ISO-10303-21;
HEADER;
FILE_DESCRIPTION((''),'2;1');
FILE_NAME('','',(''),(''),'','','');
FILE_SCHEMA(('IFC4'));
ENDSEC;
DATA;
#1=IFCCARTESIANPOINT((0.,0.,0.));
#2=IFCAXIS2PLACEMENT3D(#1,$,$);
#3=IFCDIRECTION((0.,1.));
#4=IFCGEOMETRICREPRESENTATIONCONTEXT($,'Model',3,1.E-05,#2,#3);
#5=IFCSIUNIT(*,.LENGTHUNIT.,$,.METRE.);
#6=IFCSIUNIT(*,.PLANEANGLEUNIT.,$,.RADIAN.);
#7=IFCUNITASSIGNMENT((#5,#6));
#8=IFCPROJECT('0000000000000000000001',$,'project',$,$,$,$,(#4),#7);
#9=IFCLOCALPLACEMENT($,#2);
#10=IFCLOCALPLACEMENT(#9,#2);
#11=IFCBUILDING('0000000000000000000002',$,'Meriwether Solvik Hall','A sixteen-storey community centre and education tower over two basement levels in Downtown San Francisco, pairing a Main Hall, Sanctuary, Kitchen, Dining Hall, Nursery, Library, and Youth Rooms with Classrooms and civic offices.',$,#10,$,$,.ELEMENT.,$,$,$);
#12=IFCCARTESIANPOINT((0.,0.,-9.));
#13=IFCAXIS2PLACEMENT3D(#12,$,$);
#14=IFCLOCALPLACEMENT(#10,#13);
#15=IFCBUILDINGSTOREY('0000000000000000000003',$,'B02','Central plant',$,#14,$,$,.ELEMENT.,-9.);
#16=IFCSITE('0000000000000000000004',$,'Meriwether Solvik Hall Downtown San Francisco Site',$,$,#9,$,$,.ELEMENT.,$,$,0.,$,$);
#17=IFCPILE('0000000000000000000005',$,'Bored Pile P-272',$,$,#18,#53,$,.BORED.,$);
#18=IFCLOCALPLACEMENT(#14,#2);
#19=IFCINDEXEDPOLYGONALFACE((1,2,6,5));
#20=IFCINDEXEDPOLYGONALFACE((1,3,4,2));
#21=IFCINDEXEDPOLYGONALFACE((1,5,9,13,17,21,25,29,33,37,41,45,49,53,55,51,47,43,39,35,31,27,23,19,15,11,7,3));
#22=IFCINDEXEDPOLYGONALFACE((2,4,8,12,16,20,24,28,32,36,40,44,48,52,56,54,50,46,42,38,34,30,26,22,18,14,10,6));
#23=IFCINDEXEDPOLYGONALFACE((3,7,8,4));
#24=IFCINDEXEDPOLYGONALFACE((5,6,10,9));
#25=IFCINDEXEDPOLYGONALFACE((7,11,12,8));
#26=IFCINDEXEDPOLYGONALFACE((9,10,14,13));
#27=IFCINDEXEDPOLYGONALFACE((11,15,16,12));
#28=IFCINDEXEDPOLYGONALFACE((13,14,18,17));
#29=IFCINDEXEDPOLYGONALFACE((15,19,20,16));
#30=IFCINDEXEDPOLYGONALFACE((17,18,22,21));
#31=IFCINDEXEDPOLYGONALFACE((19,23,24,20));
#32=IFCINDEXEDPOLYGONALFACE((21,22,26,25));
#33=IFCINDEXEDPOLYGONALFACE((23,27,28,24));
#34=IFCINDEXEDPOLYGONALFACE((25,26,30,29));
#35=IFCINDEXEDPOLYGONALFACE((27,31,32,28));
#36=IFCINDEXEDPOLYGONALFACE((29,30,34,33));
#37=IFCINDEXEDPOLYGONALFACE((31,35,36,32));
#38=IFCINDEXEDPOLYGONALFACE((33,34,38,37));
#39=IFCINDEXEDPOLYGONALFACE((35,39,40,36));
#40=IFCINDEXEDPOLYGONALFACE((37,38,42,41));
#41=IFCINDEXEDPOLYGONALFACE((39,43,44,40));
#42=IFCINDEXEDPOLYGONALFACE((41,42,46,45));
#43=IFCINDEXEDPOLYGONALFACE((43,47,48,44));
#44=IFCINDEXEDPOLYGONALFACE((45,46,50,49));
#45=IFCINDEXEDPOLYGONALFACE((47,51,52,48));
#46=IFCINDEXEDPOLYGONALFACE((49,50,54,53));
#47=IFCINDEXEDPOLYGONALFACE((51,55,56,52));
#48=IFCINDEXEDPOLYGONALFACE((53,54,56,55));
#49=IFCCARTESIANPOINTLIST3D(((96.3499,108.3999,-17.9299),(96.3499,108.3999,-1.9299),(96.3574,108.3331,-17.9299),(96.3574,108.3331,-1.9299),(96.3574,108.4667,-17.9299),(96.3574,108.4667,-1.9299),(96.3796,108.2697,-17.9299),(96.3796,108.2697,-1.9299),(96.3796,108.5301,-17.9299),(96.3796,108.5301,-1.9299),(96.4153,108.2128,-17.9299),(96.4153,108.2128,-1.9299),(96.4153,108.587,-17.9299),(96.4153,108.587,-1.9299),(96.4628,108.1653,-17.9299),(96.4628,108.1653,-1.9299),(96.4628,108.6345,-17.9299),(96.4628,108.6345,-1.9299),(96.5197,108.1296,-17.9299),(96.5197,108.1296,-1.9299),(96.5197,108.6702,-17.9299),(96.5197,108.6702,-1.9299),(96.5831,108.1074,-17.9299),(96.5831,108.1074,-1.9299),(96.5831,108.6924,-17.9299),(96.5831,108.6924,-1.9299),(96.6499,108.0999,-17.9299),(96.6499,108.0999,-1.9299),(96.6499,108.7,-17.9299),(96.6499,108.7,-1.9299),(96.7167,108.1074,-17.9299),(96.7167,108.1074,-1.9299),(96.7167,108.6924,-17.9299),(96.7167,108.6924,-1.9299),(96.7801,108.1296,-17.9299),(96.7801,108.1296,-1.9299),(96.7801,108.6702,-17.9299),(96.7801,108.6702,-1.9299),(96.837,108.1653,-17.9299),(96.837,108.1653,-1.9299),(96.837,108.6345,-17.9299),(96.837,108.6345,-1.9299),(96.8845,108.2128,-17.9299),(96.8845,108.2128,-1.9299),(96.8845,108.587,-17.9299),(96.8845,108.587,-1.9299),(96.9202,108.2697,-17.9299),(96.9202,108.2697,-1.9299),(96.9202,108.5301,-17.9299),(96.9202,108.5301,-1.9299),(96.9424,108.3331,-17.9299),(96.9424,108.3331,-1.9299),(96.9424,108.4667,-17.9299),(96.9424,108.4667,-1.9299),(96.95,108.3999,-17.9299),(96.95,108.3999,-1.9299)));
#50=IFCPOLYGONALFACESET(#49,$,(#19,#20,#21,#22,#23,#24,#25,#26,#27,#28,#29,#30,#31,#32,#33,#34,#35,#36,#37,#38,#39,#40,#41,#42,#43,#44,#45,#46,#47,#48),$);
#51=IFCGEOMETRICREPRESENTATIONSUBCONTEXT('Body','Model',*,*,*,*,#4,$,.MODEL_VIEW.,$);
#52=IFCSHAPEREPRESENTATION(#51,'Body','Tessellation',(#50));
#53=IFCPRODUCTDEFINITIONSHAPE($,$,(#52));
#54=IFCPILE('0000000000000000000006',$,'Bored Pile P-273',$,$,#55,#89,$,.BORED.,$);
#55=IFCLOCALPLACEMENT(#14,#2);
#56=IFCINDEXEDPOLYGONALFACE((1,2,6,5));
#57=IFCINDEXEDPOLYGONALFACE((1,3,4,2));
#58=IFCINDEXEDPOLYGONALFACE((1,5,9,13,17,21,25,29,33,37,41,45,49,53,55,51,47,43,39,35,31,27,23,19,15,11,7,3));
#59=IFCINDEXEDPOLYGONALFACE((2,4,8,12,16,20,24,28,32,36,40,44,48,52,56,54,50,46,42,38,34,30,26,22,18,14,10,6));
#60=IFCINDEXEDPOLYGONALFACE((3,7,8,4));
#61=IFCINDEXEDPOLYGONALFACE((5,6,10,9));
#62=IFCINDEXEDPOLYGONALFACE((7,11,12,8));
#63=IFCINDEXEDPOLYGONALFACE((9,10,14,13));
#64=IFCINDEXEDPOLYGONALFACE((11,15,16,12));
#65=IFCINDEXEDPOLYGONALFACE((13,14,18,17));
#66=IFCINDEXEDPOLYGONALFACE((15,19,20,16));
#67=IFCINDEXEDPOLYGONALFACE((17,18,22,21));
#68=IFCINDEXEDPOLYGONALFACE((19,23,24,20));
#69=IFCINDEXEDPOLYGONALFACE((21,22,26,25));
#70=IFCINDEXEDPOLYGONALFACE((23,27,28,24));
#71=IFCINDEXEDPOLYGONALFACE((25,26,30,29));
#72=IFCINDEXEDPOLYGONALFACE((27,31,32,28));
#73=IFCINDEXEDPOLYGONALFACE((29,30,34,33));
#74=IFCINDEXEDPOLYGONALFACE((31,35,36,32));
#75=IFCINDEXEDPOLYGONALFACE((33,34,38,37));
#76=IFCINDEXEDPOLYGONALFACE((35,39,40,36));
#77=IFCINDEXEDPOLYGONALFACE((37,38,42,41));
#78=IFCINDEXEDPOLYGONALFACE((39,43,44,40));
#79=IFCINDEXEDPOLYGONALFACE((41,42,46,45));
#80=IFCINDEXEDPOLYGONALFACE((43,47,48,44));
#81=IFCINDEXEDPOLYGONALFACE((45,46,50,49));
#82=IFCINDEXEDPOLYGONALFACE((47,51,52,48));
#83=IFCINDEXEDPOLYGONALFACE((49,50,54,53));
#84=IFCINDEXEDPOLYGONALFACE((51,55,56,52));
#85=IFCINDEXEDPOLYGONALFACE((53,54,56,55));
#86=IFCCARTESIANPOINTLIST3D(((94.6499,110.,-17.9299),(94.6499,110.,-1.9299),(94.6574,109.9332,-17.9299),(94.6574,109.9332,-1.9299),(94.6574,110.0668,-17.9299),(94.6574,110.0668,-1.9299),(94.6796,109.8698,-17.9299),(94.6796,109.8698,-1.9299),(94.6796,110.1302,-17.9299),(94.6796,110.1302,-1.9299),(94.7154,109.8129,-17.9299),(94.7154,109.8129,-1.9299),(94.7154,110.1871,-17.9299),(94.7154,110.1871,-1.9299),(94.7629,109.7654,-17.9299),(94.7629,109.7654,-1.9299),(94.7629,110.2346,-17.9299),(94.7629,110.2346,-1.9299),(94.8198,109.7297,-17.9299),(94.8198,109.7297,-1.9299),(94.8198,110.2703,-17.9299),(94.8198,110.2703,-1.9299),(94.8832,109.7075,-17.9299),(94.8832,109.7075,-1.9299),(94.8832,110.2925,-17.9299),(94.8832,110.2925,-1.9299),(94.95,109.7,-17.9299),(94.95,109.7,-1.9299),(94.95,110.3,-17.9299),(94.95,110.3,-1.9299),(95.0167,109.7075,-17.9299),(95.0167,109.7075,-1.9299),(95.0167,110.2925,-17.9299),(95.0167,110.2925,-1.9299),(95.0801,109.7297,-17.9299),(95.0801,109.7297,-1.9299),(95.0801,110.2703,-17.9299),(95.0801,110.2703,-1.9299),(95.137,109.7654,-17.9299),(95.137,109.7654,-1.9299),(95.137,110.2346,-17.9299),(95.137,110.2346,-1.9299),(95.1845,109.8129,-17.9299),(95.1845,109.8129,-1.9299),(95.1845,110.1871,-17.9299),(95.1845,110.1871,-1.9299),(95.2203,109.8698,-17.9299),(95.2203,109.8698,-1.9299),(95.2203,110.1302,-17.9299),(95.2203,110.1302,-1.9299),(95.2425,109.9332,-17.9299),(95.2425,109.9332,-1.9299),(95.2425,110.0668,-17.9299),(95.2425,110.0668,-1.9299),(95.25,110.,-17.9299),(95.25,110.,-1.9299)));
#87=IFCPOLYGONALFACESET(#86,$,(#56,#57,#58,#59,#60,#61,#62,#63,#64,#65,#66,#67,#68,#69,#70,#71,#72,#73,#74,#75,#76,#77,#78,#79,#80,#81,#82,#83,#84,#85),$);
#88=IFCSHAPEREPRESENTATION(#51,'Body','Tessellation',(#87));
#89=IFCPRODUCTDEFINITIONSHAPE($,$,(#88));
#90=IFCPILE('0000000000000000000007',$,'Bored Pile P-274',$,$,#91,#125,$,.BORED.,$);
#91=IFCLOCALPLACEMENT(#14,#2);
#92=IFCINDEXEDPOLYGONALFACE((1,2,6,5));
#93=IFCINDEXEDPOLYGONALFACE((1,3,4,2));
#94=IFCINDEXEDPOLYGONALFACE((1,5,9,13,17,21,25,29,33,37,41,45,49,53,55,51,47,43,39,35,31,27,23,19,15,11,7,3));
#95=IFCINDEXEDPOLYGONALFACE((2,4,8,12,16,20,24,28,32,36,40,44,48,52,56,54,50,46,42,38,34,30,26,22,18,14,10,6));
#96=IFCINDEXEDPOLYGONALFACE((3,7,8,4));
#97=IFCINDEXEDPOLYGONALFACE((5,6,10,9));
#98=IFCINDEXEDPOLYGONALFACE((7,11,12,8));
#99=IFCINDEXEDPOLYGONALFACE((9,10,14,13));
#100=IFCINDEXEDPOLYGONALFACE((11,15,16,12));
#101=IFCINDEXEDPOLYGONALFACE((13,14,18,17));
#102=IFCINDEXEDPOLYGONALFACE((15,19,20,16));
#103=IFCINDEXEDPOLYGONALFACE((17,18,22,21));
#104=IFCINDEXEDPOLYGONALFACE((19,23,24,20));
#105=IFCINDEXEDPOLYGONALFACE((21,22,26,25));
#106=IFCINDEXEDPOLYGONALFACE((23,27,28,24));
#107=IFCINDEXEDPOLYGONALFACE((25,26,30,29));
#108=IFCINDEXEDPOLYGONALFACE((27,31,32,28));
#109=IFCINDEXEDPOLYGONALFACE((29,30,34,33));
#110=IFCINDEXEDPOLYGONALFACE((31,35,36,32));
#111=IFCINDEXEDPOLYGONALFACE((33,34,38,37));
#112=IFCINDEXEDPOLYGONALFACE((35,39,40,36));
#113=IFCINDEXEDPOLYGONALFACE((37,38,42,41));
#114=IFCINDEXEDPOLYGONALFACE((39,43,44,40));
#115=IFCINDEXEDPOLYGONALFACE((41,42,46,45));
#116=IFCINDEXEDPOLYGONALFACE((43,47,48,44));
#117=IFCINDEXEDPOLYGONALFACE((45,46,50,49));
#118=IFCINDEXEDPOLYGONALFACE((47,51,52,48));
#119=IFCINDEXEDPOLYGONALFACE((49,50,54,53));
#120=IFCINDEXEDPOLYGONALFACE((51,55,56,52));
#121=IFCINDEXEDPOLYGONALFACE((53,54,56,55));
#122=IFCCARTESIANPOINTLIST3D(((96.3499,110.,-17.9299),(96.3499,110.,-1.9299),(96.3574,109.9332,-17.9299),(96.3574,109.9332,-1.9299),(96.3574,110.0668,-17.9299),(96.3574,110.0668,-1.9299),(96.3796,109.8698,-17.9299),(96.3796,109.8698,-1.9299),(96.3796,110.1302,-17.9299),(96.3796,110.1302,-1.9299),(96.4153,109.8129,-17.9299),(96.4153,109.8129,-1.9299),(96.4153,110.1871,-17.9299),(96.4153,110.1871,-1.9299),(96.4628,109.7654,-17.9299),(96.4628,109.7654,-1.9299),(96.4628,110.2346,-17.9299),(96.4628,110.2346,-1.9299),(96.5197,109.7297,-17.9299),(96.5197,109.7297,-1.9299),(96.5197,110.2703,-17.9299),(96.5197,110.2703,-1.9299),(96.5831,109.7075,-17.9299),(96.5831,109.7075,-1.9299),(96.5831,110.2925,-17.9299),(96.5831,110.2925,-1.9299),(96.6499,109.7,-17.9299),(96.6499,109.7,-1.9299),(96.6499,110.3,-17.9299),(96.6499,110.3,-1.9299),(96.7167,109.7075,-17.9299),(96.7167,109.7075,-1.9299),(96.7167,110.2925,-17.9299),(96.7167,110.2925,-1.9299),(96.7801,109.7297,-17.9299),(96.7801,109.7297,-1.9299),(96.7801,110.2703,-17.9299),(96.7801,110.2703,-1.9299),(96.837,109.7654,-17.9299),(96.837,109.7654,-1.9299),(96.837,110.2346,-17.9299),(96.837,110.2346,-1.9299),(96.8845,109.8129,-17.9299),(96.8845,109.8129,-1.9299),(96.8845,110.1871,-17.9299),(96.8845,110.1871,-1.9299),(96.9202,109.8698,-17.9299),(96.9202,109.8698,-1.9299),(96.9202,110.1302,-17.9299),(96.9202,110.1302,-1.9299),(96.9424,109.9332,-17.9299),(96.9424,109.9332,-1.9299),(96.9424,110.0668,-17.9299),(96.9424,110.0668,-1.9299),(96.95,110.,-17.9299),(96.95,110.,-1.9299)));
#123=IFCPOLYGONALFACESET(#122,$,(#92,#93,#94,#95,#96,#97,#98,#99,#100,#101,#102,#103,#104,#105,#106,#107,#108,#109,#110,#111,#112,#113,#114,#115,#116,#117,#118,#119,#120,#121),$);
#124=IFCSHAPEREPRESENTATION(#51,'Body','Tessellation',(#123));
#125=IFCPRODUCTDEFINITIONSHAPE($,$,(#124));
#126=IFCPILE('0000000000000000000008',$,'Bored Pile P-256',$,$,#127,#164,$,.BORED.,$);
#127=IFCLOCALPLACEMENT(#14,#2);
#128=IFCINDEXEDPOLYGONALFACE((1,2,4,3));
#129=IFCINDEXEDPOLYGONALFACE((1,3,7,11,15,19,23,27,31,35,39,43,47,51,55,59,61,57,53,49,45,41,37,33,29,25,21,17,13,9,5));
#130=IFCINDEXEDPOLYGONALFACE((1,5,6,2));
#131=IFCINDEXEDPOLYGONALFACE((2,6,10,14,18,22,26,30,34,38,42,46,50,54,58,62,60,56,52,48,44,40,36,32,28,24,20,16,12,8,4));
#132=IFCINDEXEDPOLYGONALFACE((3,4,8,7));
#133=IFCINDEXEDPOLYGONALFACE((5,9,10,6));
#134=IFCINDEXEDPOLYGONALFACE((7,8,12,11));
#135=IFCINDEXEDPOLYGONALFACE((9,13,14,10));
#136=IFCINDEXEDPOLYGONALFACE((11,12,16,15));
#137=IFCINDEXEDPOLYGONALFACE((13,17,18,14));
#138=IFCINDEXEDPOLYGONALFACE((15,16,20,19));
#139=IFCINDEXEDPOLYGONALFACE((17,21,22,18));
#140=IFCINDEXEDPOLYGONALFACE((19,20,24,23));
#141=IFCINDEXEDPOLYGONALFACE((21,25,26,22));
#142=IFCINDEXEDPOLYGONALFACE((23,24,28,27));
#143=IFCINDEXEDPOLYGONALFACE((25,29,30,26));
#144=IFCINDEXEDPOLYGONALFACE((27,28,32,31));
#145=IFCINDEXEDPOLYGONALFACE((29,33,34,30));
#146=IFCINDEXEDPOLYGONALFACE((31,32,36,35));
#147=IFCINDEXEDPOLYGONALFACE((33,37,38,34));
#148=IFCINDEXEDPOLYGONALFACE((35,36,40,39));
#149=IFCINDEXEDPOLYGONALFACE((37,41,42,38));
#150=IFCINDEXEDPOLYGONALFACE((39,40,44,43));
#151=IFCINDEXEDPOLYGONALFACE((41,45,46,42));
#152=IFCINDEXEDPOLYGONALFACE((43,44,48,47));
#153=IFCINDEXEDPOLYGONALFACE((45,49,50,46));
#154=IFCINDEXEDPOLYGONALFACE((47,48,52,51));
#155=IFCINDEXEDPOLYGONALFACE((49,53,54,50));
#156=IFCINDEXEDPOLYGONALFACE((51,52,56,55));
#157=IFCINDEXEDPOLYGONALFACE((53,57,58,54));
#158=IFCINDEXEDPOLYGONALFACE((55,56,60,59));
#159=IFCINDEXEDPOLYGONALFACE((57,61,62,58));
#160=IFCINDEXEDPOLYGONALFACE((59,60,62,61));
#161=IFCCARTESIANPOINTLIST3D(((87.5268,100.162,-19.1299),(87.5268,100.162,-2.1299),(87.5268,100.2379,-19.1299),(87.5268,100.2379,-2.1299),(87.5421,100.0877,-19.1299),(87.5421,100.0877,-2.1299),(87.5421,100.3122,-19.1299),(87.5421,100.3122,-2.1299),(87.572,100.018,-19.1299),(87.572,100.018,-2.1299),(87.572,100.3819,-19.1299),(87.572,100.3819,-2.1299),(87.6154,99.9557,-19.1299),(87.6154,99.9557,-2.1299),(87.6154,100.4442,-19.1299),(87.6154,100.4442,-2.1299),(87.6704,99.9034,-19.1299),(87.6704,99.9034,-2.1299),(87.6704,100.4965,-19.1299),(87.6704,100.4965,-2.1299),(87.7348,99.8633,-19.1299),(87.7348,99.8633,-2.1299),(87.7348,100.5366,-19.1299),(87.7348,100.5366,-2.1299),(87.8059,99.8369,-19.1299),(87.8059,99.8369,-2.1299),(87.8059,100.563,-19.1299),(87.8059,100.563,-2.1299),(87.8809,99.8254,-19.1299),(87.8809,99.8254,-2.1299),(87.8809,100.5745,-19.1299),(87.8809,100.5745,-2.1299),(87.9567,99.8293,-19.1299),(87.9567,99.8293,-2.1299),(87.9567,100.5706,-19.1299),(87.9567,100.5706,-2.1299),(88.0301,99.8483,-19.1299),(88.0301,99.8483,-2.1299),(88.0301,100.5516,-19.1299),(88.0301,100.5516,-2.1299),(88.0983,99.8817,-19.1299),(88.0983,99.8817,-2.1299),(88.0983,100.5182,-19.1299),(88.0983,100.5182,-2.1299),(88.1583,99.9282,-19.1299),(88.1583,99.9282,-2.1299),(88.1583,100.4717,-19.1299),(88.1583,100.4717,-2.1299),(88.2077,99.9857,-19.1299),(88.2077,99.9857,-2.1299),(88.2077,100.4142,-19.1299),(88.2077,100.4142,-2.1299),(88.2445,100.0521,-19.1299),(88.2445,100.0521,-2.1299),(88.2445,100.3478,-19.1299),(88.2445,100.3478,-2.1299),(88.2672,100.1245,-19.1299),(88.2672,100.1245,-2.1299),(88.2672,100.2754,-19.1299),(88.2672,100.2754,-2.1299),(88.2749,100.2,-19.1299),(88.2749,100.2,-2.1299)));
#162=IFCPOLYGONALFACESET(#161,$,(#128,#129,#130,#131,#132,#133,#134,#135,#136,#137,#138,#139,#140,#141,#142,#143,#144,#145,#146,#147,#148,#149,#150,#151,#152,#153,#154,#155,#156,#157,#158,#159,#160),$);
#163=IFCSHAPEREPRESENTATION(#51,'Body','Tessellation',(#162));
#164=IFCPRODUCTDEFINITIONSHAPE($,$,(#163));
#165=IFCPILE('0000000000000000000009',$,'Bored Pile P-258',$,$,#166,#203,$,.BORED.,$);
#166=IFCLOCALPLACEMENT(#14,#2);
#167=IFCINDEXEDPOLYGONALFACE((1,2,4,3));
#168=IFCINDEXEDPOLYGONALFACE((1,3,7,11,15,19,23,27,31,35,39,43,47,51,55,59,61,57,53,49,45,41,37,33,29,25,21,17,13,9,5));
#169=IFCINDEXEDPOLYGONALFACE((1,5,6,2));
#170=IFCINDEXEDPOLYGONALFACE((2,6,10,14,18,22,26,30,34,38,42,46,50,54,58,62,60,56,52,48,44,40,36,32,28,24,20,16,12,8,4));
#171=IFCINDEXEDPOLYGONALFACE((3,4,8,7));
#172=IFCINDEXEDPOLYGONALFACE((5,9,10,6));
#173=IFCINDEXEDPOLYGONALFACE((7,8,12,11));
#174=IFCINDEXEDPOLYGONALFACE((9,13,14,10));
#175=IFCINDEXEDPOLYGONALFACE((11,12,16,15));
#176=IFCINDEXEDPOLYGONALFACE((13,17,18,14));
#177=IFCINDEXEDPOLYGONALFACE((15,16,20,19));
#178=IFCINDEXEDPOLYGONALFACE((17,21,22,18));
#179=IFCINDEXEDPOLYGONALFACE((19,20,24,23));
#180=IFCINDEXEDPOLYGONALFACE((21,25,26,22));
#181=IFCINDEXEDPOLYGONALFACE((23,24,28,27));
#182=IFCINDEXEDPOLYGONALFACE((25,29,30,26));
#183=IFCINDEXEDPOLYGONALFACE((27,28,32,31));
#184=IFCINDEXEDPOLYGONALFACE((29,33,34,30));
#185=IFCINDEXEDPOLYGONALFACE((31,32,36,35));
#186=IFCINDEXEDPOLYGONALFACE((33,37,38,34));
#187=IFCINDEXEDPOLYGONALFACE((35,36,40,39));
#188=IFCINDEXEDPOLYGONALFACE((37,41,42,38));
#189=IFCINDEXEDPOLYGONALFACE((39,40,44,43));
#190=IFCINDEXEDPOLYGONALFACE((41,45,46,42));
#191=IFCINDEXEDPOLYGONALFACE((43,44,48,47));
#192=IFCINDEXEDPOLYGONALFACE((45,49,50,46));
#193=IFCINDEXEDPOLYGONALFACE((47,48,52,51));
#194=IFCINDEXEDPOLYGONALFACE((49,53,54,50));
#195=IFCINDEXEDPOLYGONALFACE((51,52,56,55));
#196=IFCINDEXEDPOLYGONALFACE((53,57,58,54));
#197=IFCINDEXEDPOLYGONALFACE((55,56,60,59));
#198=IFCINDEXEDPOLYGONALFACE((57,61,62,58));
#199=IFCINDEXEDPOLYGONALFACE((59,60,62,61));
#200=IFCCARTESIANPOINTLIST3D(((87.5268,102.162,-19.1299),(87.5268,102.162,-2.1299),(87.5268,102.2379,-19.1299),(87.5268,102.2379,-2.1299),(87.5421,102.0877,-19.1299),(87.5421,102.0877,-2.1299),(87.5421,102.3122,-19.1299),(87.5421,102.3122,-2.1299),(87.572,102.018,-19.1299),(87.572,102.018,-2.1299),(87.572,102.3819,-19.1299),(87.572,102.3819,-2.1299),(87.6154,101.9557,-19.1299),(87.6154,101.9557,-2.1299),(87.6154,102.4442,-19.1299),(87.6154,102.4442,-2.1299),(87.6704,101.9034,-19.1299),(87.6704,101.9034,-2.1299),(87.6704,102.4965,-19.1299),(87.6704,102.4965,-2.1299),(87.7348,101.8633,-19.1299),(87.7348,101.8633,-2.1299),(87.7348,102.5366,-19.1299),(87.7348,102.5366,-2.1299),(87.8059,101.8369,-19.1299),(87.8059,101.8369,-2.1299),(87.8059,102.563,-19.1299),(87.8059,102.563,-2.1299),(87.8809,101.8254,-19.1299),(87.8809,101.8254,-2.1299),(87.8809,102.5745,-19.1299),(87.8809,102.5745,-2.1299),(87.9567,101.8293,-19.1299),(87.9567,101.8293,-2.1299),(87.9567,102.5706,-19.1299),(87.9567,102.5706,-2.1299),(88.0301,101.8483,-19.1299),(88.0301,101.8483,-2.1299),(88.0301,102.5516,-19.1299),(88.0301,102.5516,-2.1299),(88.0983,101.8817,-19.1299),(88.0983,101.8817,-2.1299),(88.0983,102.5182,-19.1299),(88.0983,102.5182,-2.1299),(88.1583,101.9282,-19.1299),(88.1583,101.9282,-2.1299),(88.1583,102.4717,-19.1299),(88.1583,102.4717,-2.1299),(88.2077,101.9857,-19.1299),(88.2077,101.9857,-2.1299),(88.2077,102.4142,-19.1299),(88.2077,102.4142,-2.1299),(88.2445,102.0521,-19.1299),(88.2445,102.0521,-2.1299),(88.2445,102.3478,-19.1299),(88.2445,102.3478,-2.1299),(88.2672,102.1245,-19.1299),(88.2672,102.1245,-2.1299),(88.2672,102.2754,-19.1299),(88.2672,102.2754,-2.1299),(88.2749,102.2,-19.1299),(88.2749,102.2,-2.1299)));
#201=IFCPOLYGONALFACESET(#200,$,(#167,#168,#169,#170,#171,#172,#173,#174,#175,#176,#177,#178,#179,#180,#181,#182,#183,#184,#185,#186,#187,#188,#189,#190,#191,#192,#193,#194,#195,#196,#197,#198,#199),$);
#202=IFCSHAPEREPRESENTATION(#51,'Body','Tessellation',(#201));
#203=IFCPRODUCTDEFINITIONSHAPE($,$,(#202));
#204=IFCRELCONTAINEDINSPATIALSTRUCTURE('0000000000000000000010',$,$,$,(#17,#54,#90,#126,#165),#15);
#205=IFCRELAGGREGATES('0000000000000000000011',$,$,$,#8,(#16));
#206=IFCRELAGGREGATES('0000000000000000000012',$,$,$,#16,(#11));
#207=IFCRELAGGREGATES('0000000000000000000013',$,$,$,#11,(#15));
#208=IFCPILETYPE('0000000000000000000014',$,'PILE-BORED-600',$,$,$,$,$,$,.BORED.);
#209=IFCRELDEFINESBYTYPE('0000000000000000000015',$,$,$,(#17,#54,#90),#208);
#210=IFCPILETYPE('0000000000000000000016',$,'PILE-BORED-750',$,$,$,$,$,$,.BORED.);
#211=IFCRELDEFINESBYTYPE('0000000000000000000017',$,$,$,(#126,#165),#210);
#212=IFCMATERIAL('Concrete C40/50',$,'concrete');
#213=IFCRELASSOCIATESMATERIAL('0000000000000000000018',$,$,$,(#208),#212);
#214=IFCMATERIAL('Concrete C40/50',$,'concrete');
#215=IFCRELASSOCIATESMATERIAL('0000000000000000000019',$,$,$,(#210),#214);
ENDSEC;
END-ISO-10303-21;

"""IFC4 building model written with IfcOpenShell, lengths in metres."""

from ifc_helpers import new_model, si_unit, direction, frame, origin, origin_2d, place, context, subcontext, project, spatial, circle, extrude, material, material_profile, profile_set, type_object, element, save


model = new_model("IFC4")

# Units and contexts
model_context = context("Model", 3, precision=1e-05, world=origin(), true_north=direction((0.0, 1.0)))
body_context = subcontext(model_context, "Body", "Model", "MODEL_VIEW")
ifc_project = project(units=[si_unit("LENGTHUNIT", "METRE"), si_unit("PLANEANGLEUNIT", "RADIAN")], contexts=[model_context])

# Site, building, storey
site_placement = place(None, origin())
site = spatial("IfcSite", under=ifc_project, at=site_placement, Name="Meriwether Solvik Hall Downtown San Francisco Site", CompositionType="ELEMENT", RefElevation=0.0)
building_placement = place(site_placement, origin())
building = spatial("IfcBuilding", under=site, at=building_placement, Name="Meriwether Solvik Hall", Description="A sixteen-storey community centre and education tower over two basement levels in Downtown San Francisco, pairing a Main Hall, Sanctuary, Kitchen, Dining Hall, Nursery, Library, and Youth Rooms with Classrooms and civic offices.", CompositionType="ELEMENT")
storey_placement = place(building_placement, frame((0.0, 0.0, -9.0)))
storey = spatial("IfcBuildingStorey", under=building, at=storey_placement, Name="B02", Description="Central plant", CompositionType="ELEMENT", Elevation=-9.0)

# Piles
ifc_material_1 = material(Name="Concrete C40/50", Category="concrete")
ifc_material_profile_1 = material_profile(ifc_material_1, circle(Radius=0.3, at=origin_2d()), Name="PILE-D600")
ifc_profile_set_1 = profile_set([ifc_material_profile_1], Name="Concrete C40/50")
pile_type_1 = type_object("IfcPileType", Name="PILE-BORED-600", PredefinedType="BORED", material=ifc_profile_set_1)
for number, where, z_axis, x_axis, name in (
    (1, (96.6499, 108.3999, -1.9299), (0.0, 0.0, -1.0), (1.0, 0.0, 0.0), "Bored Pile P-272"),
    (2, (94.95, 110.0, -1.9299), (0.0, 0.0, -1.0), (1.0, 0.0, 0.0), "Bored Pile P-273"),
    (3, (96.6499, 110.0, -1.9299), (0.0, 0.0, -1.0), (1.0, 0.0, 0.0), "Bored Pile P-274"),
):
    element("IfcPile", number, at=place(storey_placement, frame(where, z_axis=z_axis, x_axis=x_axis)), inside=storey, type_object=pile_type_1, Name=name, PredefinedType="BORED", context=body_context, shape_type="SweptSolid", body=[
        extrude(circle(Radius=0.3, at=origin_2d()), origin(), (0.0, 0.0, 1.0), 16.0),
    ])
ifc_material_2 = material(Name="Concrete C40/50", Category="concrete")
ifc_material_profile_2 = material_profile(ifc_material_2, circle(Radius=0.375, at=origin_2d()), Name="PILE-D750")
ifc_profile_set_2 = profile_set([ifc_material_profile_2], Name="Concrete C40/50")
pile_type_2 = type_object("IfcPileType", Name="PILE-BORED-750", PredefinedType="BORED", material=ifc_profile_set_2)
for number, where, z_axis, x_axis, name in (
    (4, (87.8999, 100.2, -2.1299), (0.0, 0.0, -1.0), (1.0, 0.0, 0.0), "Bored Pile P-256"),
    (5, (87.8999, 102.2, -2.1299), (0.0, 0.0, -1.0), (1.0, 0.0, 0.0), "Bored Pile P-258"),
):
    element("IfcPile", number, at=place(storey_placement, frame(where, z_axis=z_axis, x_axis=x_axis)), inside=storey, type_object=pile_type_2, Name=name, PredefinedType="BORED", context=body_context, shape_type="SweptSolid", body=[
        extrude(circle(Radius=0.375, at=origin_2d()), origin(), (0.0, 0.0, 1.0), 17.0),
    ])

save(model, "model.ifc")
